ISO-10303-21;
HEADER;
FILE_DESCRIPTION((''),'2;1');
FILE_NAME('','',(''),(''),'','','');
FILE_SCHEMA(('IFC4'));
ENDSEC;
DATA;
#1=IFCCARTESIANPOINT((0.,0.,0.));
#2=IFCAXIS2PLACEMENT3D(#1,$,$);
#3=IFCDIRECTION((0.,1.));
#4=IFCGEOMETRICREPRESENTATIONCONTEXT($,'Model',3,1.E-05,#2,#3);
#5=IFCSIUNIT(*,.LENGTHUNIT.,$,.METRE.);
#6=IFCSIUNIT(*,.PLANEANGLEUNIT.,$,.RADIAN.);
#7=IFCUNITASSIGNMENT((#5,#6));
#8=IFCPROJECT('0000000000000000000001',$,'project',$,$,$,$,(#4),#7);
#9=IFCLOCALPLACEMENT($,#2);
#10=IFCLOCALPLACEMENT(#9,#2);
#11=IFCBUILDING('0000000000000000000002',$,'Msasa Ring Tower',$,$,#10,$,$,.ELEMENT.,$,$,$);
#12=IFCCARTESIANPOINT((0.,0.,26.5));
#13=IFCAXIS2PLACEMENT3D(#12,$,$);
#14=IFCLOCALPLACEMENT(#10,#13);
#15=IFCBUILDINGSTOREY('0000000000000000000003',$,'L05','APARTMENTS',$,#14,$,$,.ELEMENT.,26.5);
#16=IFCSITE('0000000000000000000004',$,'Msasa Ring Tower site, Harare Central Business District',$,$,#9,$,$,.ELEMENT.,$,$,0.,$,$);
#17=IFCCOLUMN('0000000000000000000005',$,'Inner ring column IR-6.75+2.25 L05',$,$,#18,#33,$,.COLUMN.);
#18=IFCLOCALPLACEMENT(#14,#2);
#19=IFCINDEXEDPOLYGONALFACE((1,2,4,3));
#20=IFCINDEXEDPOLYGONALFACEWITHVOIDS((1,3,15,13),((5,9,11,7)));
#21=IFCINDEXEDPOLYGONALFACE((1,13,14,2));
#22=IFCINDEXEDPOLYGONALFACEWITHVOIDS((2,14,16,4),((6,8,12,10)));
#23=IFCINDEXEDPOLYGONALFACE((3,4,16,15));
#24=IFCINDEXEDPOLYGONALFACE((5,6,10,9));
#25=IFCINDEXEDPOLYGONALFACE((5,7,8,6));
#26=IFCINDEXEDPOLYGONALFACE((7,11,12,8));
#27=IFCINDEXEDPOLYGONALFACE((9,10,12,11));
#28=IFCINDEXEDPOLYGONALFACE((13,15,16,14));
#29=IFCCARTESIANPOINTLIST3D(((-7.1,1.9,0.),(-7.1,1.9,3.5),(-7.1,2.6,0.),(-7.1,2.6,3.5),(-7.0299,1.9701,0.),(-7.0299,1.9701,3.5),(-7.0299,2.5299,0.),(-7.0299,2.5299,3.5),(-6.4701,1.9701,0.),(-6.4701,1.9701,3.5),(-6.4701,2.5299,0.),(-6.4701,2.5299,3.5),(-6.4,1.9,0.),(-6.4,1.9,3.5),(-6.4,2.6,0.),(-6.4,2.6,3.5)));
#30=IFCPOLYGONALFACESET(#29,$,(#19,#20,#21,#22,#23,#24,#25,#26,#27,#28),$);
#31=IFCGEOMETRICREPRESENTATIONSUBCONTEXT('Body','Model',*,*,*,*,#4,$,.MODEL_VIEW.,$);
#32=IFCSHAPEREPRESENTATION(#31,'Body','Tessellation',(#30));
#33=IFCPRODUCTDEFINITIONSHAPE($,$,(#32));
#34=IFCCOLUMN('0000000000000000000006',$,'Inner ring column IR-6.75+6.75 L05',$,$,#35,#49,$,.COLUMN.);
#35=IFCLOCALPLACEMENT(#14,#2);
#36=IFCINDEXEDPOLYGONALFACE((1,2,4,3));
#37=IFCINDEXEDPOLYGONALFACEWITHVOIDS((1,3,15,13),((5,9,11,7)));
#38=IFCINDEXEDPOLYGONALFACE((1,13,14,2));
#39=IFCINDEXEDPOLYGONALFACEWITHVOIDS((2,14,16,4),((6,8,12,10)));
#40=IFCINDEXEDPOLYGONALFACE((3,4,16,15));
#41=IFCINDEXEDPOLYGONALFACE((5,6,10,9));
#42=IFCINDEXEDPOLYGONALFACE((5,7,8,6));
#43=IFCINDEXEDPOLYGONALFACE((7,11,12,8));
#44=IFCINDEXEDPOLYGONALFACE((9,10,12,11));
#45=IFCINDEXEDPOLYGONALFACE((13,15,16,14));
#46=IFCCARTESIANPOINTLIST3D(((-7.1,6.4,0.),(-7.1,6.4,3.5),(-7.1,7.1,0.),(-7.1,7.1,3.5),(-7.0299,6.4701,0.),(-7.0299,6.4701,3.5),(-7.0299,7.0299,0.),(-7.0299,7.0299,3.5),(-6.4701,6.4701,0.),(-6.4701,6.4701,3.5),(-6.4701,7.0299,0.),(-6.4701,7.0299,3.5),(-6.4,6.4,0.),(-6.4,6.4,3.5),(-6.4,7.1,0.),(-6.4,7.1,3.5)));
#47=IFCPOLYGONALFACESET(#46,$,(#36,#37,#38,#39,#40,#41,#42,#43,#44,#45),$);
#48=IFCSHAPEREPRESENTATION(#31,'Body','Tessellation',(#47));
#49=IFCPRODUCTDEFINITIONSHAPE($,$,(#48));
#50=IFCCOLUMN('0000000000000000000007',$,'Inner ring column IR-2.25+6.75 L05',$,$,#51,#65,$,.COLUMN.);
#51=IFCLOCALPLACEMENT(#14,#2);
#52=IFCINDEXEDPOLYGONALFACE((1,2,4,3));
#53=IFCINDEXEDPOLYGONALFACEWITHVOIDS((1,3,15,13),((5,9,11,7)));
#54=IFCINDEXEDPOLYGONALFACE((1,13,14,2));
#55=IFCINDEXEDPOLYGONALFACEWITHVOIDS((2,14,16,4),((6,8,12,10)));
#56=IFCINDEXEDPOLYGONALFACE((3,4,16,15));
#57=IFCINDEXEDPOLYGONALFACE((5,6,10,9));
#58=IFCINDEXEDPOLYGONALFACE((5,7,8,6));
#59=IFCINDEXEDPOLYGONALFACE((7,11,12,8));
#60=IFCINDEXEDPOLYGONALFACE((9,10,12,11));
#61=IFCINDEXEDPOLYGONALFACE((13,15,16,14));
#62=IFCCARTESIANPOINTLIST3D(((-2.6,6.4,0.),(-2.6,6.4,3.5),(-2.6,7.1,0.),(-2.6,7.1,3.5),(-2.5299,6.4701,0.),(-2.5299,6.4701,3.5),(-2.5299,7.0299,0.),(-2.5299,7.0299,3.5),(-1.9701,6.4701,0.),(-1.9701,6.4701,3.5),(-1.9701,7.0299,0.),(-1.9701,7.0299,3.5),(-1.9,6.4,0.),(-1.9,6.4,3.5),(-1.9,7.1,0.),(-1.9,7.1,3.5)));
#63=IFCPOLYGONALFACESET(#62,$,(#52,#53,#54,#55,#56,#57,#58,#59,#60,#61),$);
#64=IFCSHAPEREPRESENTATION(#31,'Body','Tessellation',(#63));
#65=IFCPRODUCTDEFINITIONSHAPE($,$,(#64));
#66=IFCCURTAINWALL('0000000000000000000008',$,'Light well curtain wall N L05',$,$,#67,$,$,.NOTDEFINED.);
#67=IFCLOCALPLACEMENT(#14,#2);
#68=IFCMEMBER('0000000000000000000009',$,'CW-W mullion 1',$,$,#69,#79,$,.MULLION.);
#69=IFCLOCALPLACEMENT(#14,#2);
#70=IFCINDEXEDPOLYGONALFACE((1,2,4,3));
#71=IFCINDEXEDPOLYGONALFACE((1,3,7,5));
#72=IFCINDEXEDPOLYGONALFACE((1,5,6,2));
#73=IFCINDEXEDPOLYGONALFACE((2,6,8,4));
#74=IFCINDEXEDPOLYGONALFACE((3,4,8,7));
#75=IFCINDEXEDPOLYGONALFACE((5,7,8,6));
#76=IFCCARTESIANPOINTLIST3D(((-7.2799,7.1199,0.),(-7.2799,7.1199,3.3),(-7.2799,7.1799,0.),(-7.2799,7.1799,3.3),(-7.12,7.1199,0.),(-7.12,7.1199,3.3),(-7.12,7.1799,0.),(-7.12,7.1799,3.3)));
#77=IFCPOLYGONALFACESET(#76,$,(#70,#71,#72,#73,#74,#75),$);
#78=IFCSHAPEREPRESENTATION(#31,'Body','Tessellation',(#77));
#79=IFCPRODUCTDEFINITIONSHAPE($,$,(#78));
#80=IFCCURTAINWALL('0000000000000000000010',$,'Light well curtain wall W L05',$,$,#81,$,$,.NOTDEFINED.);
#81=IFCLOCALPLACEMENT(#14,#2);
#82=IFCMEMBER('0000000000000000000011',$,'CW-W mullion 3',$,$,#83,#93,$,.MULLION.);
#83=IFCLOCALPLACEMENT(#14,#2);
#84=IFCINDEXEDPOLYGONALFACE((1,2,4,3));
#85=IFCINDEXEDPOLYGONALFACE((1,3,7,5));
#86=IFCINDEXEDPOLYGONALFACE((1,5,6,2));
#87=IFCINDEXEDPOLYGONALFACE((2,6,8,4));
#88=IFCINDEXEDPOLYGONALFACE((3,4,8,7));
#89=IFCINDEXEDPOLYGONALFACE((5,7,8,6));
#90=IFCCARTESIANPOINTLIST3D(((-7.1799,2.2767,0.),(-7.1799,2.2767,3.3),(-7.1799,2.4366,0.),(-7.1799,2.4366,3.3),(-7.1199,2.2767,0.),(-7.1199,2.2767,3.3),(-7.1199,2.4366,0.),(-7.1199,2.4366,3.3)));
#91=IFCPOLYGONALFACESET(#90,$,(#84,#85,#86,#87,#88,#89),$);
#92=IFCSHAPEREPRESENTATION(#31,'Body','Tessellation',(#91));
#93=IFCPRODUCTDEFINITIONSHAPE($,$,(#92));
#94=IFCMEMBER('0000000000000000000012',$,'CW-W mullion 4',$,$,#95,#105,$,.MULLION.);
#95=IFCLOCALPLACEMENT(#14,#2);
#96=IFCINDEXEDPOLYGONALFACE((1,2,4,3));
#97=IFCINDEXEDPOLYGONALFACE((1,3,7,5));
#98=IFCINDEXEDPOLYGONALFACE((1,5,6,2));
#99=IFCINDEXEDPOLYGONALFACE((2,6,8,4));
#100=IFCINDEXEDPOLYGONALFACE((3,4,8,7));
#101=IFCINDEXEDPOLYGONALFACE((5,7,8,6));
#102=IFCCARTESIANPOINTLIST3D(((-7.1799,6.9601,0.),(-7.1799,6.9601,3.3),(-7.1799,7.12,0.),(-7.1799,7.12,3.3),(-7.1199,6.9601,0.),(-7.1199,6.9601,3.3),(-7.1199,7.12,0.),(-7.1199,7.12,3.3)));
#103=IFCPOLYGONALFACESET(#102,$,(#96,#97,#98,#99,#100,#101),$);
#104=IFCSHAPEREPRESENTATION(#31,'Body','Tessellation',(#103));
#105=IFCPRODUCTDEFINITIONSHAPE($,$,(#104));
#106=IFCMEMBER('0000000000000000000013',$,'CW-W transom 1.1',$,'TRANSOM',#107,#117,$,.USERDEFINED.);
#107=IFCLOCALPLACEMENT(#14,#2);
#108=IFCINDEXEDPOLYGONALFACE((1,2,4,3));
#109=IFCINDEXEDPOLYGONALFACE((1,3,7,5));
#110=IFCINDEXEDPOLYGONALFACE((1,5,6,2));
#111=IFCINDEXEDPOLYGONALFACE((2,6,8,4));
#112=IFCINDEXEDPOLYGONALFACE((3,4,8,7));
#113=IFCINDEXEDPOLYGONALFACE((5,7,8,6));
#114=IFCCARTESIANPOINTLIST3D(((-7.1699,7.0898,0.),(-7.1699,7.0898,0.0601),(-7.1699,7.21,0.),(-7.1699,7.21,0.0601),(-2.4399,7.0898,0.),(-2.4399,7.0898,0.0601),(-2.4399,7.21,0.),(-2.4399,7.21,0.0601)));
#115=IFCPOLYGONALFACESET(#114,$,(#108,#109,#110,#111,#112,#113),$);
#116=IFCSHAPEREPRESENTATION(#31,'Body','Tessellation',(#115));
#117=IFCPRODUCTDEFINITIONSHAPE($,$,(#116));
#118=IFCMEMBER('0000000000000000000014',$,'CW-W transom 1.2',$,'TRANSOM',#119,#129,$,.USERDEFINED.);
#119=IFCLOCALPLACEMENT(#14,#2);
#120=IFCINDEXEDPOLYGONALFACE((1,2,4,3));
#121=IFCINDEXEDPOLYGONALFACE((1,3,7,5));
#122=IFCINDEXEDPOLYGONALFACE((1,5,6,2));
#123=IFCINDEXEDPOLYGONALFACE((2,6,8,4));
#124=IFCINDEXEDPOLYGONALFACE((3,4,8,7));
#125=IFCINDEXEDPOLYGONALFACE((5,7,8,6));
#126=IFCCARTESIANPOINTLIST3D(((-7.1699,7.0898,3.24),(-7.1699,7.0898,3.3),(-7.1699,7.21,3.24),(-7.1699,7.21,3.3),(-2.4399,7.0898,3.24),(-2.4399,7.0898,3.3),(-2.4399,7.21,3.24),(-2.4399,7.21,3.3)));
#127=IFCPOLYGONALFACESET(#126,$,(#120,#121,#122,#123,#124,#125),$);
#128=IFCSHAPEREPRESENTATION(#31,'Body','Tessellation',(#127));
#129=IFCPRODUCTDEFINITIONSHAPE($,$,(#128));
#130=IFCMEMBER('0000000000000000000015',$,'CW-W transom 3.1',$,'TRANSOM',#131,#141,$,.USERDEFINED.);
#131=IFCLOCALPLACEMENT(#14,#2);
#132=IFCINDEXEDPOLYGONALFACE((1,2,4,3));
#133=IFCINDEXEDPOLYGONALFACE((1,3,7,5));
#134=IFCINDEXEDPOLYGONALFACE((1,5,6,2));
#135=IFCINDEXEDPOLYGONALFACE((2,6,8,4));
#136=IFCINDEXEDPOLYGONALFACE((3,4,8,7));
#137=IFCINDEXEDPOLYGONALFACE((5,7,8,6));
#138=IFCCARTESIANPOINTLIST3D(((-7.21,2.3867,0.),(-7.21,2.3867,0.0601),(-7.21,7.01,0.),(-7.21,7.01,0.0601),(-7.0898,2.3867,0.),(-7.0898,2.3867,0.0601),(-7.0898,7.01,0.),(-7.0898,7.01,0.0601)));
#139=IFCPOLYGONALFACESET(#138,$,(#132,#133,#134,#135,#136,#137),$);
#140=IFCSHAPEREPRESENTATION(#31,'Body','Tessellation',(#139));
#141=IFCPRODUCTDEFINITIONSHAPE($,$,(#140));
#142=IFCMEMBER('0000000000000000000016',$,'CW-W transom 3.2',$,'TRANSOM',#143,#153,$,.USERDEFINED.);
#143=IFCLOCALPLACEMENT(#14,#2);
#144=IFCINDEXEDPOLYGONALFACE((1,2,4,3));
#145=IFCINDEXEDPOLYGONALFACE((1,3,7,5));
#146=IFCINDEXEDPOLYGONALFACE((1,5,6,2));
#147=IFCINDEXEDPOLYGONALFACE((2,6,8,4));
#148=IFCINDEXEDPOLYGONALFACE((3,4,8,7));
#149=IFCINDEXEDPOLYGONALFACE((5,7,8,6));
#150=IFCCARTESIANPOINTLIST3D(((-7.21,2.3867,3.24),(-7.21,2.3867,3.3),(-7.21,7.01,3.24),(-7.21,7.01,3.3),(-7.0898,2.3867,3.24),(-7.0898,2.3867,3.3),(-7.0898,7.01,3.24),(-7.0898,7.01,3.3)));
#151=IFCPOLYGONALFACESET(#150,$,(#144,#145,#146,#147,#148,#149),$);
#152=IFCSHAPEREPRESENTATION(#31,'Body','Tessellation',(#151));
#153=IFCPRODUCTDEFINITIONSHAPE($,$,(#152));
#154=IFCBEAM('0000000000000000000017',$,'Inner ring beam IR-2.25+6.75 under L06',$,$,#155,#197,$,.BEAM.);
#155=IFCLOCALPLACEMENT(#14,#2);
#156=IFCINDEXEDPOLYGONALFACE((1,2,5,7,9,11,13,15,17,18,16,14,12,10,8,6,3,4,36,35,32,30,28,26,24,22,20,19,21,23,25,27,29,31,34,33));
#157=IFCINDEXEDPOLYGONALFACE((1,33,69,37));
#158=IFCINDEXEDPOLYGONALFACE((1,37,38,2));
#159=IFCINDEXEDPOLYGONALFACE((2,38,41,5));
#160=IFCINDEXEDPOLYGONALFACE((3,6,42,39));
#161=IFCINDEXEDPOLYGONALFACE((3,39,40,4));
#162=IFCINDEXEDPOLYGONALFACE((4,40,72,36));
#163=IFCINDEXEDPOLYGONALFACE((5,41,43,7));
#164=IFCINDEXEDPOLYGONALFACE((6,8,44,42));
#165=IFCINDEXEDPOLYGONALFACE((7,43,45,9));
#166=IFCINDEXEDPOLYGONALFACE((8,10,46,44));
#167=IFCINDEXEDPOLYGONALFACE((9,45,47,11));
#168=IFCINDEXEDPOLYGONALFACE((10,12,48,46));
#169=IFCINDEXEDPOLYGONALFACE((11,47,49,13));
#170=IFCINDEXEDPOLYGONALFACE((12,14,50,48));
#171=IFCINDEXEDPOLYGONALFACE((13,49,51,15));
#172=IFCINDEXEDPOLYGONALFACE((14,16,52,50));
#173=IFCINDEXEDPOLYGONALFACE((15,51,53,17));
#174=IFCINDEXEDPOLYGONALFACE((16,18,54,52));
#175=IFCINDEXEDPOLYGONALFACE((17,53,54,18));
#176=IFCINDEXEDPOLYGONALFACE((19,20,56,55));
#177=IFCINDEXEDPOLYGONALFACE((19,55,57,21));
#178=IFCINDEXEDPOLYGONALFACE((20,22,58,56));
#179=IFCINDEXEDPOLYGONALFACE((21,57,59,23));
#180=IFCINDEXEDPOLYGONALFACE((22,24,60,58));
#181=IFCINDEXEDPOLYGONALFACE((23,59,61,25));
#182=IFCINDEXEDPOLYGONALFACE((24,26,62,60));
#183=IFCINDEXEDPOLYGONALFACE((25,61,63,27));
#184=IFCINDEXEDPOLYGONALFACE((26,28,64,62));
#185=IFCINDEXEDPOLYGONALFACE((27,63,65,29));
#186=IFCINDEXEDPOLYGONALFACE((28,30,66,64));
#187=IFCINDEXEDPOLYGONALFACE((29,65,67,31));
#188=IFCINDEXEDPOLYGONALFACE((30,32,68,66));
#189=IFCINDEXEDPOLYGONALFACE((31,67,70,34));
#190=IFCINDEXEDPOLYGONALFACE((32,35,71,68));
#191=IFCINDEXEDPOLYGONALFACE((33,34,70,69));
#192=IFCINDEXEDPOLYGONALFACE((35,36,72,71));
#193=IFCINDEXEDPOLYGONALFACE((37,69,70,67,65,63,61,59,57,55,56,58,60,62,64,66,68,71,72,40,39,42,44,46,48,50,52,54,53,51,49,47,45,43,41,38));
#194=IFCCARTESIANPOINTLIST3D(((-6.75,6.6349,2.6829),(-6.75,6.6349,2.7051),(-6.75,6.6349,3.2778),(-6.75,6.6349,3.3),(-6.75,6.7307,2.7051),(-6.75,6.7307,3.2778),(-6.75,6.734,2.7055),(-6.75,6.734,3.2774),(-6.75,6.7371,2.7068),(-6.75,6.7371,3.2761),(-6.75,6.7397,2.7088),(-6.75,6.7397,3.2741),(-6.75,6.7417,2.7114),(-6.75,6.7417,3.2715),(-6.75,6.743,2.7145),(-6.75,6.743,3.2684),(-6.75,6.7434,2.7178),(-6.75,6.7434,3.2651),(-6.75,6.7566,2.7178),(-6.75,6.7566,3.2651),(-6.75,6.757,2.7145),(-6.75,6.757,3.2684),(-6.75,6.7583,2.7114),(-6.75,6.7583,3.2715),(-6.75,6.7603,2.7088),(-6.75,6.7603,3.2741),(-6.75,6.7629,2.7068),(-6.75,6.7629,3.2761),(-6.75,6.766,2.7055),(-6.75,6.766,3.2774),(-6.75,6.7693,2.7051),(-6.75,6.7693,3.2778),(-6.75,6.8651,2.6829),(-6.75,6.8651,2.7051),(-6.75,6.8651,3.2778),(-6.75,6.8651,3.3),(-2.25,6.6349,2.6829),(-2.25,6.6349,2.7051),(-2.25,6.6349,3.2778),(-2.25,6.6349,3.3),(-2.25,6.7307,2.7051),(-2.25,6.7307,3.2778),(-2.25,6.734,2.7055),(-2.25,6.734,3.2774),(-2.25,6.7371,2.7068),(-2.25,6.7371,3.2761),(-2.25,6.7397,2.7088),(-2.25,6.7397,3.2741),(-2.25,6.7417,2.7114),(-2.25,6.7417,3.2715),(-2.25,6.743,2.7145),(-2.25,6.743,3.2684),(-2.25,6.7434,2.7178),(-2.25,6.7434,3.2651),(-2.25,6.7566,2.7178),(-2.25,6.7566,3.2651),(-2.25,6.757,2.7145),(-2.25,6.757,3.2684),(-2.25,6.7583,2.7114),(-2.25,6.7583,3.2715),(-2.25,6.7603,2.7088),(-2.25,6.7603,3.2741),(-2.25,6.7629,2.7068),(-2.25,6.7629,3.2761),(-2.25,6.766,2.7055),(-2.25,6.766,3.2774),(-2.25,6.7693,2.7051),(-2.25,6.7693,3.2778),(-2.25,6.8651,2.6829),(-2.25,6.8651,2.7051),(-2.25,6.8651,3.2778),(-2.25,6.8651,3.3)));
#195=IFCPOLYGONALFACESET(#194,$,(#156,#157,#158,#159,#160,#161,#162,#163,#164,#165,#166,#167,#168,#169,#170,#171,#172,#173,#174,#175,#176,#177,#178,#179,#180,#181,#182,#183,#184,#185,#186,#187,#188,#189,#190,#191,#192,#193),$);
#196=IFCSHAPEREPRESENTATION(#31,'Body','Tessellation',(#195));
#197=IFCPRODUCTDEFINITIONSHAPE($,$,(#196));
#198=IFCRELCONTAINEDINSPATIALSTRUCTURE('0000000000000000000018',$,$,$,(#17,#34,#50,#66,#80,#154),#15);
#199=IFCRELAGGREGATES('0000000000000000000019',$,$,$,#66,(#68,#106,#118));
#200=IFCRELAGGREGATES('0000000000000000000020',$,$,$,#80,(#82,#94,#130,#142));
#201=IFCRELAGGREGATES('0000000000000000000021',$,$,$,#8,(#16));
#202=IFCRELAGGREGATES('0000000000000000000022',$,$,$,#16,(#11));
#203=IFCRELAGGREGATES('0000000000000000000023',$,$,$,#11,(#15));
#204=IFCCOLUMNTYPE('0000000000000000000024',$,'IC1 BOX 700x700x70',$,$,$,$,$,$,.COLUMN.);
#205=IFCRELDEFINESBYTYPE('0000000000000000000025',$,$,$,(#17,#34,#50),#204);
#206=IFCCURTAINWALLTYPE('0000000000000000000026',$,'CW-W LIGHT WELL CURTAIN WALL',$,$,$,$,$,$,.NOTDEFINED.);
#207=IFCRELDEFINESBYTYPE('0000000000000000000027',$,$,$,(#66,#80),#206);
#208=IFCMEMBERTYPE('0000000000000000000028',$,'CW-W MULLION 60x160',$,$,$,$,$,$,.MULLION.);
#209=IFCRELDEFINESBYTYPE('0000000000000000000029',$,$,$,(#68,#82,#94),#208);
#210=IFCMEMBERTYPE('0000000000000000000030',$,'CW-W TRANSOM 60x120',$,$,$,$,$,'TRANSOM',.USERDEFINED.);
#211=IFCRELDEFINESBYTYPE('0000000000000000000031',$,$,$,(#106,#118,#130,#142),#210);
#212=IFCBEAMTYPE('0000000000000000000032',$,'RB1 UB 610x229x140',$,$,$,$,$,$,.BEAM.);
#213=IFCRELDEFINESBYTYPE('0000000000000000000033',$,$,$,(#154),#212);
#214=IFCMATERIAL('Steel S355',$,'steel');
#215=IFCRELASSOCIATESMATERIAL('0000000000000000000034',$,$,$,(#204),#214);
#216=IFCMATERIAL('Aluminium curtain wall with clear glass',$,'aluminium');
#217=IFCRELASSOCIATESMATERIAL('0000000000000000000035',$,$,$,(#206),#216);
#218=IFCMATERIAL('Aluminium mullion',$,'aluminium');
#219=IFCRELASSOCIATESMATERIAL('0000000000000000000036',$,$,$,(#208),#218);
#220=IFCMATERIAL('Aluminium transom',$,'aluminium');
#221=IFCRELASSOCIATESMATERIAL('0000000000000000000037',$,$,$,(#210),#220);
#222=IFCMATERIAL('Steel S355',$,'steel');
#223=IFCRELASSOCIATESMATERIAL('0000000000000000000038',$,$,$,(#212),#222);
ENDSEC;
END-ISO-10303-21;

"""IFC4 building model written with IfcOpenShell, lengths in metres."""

from ifc_helpers import new_model, si_unit, direction, frame, origin, origin_2d, place, context, subcontext, project, spatial, rectangle, hollow_rectangle, i_section, extrude, material, material_profile, profile_set, type_object, element, aggregate, save


model = new_model("IFC4")

# Units and contexts
model_context = context("Model", 3, precision=1e-05, world=origin(), true_north=direction((0.0, 1.0)))
body_context = subcontext(model_context, "Body", "Model", "MODEL_VIEW")
ifc_project = project(units=[si_unit("LENGTHUNIT", "METRE"), si_unit("PLANEANGLEUNIT", "RADIAN")], contexts=[model_context])

# Site, building, storey
site_placement = place(None, origin())
site = spatial("IfcSite", under=ifc_project, at=site_placement, Name="Msasa Ring Tower site, Harare Central Business District", CompositionType="ELEMENT", RefElevation=0.0)
building_placement = place(site_placement, origin())
building = spatial("IfcBuilding", under=site, at=building_placement, Name="Msasa Ring Tower", CompositionType="ELEMENT")
storey_placement = place(building_placement, frame((0.0, 0.0, 26.5)))
storey = spatial("IfcBuildingStorey", under=building, at=storey_placement, Name="L05", Description="APARTMENTS", CompositionType="ELEMENT", Elevation=26.5)

# Columns
ifc_material_1 = material(Name="Steel S355", Category="steel")
ifc_material_profile_1 = material_profile(ifc_material_1, hollow_rectangle(XDim=0.7, YDim=0.7, WallThickness=0.0701, at=origin_2d()), Name="BOX 700x700x70")
ifc_profile_set_1 = profile_set([ifc_material_profile_1], Name="Steel S355")
column_type = type_object("IfcColumnType", Name="IC1 BOX 700x700x70", PredefinedType="COLUMN", material=ifc_profile_set_1)
for number, where, z_axis, x_axis, name in (
    (1, (-6.75, 2.25, 0.0), (0.0, 0.0, 1.0), (1.0, 0.0, 0.0), "Inner ring column IR-6.75+2.25 L05"),
    (2, (-6.75, 6.75, 0.0), (0.0, 0.0, 1.0), (1.0, 0.0, 0.0), "Inner ring column IR-6.75+6.75 L05"),
    (3, (-2.25, 6.75, 0.0), (0.0, 0.0, 1.0), (1.0, 0.0, 0.0), "Inner ring column IR-2.25+6.75 L05"),
):
    element("IfcColumn", number, at=place(storey_placement, frame(where, z_axis=z_axis, x_axis=x_axis)), inside=storey, type_object=column_type, Name=name, PredefinedType="COLUMN", context=body_context, shape_type="SweptSolid", body=[
        extrude(hollow_rectangle(XDim=0.7, YDim=0.7, WallThickness=0.0701, at=origin_2d()), origin(), (0.0, 0.0, 1.0), 3.5),
    ])

# Curtain wall, member
ifc_material_2 = material(Name="Aluminium curtain wall with clear glass", Category="aluminium")
curtain_wall_type = type_object("IfcCurtainWallType", Name="CW-W LIGHT WELL CURTAIN WALL", PredefinedType="NOTDEFINED", material=ifc_material_2)
curtain_wall_1_placement = place(storey_placement, origin())
curtain_wall_1 = element("IfcCurtainWall", 4, at=curtain_wall_1_placement, inside=storey, type_object=curtain_wall_type, Name="Light well curtain wall N L05", PredefinedType="NOTDEFINED")
ifc_material_3 = material(Name="Aluminium mullion", Category="aluminium")
ifc_material_profile_2 = material_profile(ifc_material_3, rectangle(XDim=0.0601, YDim=0.1599, at=origin_2d()), Name="AL 60x160")
ifc_profile_set_2 = profile_set([ifc_material_profile_2], Name="Aluminium mullion")
member_type_1 = type_object("IfcMemberType", Name="CW-W MULLION 60x160", PredefinedType="MULLION", material=ifc_profile_set_2)
member_1_placement = place(storey_placement, frame((-7.2, 7.1499, 0.0), z_axis=(0.0, 0.0, 1.0), x_axis=(0.0, 1.0, 0.0)))
member_1 = element("IfcMember", 5, at=member_1_placement, type_object=member_type_1, Name="CW-W mullion 1", PredefinedType="MULLION", context=body_context, shape_type="SweptSolid", body=[
    extrude(rectangle(XDim=0.0601, YDim=0.1599, at=origin_2d()), origin(), (0.0, 0.0, 1.0), 3.3),
])

# Curtain wall, members
curtain_wall_2_placement = place(storey_placement, origin())
curtain_wall_2 = element("IfcCurtainWall", 6, at=curtain_wall_2_placement, inside=storey, type_object=curtain_wall_type, Name="Light well curtain wall W L05", PredefinedType="NOTDEFINED")
member_2_placement = place(storey_placement, frame((-7.1499, 2.3567, 0.0), z_axis=(0.0, 0.0, 1.0), x_axis=(-1.0, 0.0, 0.0)))
member_2 = element("IfcMember", 7, at=member_2_placement, type_object=member_type_1, Name="CW-W mullion 3", PredefinedType="MULLION", context=body_context, shape_type="SweptSolid", body=[
    extrude(rectangle(XDim=0.0601, YDim=0.1599, at=origin_2d()), origin(), (0.0, 0.0, 1.0), 3.3),
])
member_3_placement = place(storey_placement, frame((-7.1499, 7.04, 0.0), z_axis=(0.0, 0.0, 1.0), x_axis=(-1.0, 0.0, 0.0)))
member_3 = element("IfcMember", 8, at=member_3_placement, type_object=member_type_1, Name="CW-W mullion 4", PredefinedType="MULLION", context=body_context, shape_type="SweptSolid", body=[
    extrude(rectangle(XDim=0.0601, YDim=0.1599, at=origin_2d()), origin(), (0.0, 0.0, 1.0), 3.3),
])

# Members
ifc_material_4 = material(Name="Aluminium transom", Category="aluminium")
ifc_material_profile_3 = material_profile(ifc_material_4, rectangle(XDim=0.1201, YDim=0.0601, at=origin_2d()), Name="AL 60x120")
ifc_profile_set_3 = profile_set([ifc_material_profile_3], Name="Aluminium transom")
member_type_2 = type_object("IfcMemberType", Name="CW-W TRANSOM 60x120", ElementType="TRANSOM", PredefinedType="USERDEFINED", material=ifc_profile_set_3)
member_4_placement = place(storey_placement, frame((-7.1699, 7.1499, 0.03), z_axis=(1.0, 0.0, 0.0), x_axis=(0.0, 1.0, 0.0)))
member_4 = element("IfcMember", 9, at=member_4_placement, type_object=member_type_2, Name="CW-W transom 1.1", ObjectType="TRANSOM", PredefinedType="USERDEFINED", context=body_context, shape_type="SweptSolid", body=[
    extrude(rectangle(XDim=0.1201, YDim=0.0601, at=origin_2d()), origin(), (0.0, 0.0, 1.0), 4.73),
])
member_5_placement = place(storey_placement, frame((-7.1699, 7.1499, 3.27), z_axis=(1.0, 0.0, 0.0), x_axis=(0.0, 1.0, 0.0)))
member_5 = element("IfcMember", 10, at=member_5_placement, type_object=member_type_2, Name="CW-W transom 1.2", ObjectType="TRANSOM", PredefinedType="USERDEFINED", context=body_context, shape_type="SweptSolid", body=[
    extrude(rectangle(XDim=0.1201, YDim=0.0601, at=origin_2d()), origin(), (0.0, 0.0, 1.0), 4.73),
])
member_6_placement = place(storey_placement, frame((-7.1499, 2.3867, 0.03), z_axis=(0.0, 1.0, 0.0), x_axis=(-1.0, 0.0, 0.0)))
member_6 = element("IfcMember", 11, at=member_6_placement, type_object=member_type_2, Name="CW-W transom 3.1", ObjectType="TRANSOM", PredefinedType="USERDEFINED", context=body_context, shape_type="SweptSolid", body=[
    extrude(rectangle(XDim=0.1201, YDim=0.0601, at=origin_2d()), origin(), (0.0, 0.0, 1.0), 4.6233),
])
member_7_placement = place(storey_placement, frame((-7.1499, 2.3867, 3.27), z_axis=(0.0, 1.0, 0.0), x_axis=(-1.0, 0.0, 0.0)))
member_7 = element("IfcMember", 12, at=member_7_placement, type_object=member_type_2, Name="CW-W transom 3.2", ObjectType="TRANSOM", PredefinedType="USERDEFINED", context=body_context, shape_type="SweptSolid", body=[
    extrude(rectangle(XDim=0.1201, YDim=0.0601, at=origin_2d()), origin(), (0.0, 0.0, 1.0), 4.6233),
])

# Beam
ifc_material_5 = material(Name="Steel S355", Category="steel")
ifc_material_profile_4 = material_profile(ifc_material_5, i_section(OverallWidth=0.2302, OverallDepth=0.6172, WebThickness=0.0132, FlangeThickness=0.0222, FilletRadius=0.0127, at=origin_2d()), Name="UB 610x229x140")
ifc_profile_set_4 = profile_set([ifc_material_profile_4], Name="Steel S355")
beam_type = type_object("IfcBeamType", Name="RB1 UB 610x229x140", PredefinedType="BEAM", material=ifc_profile_set_4)
for number, where, z_axis, x_axis, name in (
    (13, (-2.25, 6.75, 2.9915), (-1.0, 0.0, 0.0), (0.0, -1.0, 0.0), "Inner ring beam IR-2.25+6.75 under L06"),
):
    element("IfcBeam", number, at=place(storey_placement, frame(where, z_axis=z_axis, x_axis=x_axis)), inside=storey, type_object=beam_type, Name=name, PredefinedType="BEAM", context=body_context, shape_type="SweptSolid", body=[
        extrude(i_section(OverallWidth=0.2302, OverallDepth=0.6172, WebThickness=0.0132, FlangeThickness=0.0222, FilletRadius=0.0127, at=origin_2d()), origin(), (0.0, 0.0, 1.0), 4.5),
    ])

aggregate(curtain_wall_1, [member_1, member_4, member_5])
aggregate(curtain_wall_2, [member_2, member_3, member_6, member_7])

save(model, "model.ifc")
